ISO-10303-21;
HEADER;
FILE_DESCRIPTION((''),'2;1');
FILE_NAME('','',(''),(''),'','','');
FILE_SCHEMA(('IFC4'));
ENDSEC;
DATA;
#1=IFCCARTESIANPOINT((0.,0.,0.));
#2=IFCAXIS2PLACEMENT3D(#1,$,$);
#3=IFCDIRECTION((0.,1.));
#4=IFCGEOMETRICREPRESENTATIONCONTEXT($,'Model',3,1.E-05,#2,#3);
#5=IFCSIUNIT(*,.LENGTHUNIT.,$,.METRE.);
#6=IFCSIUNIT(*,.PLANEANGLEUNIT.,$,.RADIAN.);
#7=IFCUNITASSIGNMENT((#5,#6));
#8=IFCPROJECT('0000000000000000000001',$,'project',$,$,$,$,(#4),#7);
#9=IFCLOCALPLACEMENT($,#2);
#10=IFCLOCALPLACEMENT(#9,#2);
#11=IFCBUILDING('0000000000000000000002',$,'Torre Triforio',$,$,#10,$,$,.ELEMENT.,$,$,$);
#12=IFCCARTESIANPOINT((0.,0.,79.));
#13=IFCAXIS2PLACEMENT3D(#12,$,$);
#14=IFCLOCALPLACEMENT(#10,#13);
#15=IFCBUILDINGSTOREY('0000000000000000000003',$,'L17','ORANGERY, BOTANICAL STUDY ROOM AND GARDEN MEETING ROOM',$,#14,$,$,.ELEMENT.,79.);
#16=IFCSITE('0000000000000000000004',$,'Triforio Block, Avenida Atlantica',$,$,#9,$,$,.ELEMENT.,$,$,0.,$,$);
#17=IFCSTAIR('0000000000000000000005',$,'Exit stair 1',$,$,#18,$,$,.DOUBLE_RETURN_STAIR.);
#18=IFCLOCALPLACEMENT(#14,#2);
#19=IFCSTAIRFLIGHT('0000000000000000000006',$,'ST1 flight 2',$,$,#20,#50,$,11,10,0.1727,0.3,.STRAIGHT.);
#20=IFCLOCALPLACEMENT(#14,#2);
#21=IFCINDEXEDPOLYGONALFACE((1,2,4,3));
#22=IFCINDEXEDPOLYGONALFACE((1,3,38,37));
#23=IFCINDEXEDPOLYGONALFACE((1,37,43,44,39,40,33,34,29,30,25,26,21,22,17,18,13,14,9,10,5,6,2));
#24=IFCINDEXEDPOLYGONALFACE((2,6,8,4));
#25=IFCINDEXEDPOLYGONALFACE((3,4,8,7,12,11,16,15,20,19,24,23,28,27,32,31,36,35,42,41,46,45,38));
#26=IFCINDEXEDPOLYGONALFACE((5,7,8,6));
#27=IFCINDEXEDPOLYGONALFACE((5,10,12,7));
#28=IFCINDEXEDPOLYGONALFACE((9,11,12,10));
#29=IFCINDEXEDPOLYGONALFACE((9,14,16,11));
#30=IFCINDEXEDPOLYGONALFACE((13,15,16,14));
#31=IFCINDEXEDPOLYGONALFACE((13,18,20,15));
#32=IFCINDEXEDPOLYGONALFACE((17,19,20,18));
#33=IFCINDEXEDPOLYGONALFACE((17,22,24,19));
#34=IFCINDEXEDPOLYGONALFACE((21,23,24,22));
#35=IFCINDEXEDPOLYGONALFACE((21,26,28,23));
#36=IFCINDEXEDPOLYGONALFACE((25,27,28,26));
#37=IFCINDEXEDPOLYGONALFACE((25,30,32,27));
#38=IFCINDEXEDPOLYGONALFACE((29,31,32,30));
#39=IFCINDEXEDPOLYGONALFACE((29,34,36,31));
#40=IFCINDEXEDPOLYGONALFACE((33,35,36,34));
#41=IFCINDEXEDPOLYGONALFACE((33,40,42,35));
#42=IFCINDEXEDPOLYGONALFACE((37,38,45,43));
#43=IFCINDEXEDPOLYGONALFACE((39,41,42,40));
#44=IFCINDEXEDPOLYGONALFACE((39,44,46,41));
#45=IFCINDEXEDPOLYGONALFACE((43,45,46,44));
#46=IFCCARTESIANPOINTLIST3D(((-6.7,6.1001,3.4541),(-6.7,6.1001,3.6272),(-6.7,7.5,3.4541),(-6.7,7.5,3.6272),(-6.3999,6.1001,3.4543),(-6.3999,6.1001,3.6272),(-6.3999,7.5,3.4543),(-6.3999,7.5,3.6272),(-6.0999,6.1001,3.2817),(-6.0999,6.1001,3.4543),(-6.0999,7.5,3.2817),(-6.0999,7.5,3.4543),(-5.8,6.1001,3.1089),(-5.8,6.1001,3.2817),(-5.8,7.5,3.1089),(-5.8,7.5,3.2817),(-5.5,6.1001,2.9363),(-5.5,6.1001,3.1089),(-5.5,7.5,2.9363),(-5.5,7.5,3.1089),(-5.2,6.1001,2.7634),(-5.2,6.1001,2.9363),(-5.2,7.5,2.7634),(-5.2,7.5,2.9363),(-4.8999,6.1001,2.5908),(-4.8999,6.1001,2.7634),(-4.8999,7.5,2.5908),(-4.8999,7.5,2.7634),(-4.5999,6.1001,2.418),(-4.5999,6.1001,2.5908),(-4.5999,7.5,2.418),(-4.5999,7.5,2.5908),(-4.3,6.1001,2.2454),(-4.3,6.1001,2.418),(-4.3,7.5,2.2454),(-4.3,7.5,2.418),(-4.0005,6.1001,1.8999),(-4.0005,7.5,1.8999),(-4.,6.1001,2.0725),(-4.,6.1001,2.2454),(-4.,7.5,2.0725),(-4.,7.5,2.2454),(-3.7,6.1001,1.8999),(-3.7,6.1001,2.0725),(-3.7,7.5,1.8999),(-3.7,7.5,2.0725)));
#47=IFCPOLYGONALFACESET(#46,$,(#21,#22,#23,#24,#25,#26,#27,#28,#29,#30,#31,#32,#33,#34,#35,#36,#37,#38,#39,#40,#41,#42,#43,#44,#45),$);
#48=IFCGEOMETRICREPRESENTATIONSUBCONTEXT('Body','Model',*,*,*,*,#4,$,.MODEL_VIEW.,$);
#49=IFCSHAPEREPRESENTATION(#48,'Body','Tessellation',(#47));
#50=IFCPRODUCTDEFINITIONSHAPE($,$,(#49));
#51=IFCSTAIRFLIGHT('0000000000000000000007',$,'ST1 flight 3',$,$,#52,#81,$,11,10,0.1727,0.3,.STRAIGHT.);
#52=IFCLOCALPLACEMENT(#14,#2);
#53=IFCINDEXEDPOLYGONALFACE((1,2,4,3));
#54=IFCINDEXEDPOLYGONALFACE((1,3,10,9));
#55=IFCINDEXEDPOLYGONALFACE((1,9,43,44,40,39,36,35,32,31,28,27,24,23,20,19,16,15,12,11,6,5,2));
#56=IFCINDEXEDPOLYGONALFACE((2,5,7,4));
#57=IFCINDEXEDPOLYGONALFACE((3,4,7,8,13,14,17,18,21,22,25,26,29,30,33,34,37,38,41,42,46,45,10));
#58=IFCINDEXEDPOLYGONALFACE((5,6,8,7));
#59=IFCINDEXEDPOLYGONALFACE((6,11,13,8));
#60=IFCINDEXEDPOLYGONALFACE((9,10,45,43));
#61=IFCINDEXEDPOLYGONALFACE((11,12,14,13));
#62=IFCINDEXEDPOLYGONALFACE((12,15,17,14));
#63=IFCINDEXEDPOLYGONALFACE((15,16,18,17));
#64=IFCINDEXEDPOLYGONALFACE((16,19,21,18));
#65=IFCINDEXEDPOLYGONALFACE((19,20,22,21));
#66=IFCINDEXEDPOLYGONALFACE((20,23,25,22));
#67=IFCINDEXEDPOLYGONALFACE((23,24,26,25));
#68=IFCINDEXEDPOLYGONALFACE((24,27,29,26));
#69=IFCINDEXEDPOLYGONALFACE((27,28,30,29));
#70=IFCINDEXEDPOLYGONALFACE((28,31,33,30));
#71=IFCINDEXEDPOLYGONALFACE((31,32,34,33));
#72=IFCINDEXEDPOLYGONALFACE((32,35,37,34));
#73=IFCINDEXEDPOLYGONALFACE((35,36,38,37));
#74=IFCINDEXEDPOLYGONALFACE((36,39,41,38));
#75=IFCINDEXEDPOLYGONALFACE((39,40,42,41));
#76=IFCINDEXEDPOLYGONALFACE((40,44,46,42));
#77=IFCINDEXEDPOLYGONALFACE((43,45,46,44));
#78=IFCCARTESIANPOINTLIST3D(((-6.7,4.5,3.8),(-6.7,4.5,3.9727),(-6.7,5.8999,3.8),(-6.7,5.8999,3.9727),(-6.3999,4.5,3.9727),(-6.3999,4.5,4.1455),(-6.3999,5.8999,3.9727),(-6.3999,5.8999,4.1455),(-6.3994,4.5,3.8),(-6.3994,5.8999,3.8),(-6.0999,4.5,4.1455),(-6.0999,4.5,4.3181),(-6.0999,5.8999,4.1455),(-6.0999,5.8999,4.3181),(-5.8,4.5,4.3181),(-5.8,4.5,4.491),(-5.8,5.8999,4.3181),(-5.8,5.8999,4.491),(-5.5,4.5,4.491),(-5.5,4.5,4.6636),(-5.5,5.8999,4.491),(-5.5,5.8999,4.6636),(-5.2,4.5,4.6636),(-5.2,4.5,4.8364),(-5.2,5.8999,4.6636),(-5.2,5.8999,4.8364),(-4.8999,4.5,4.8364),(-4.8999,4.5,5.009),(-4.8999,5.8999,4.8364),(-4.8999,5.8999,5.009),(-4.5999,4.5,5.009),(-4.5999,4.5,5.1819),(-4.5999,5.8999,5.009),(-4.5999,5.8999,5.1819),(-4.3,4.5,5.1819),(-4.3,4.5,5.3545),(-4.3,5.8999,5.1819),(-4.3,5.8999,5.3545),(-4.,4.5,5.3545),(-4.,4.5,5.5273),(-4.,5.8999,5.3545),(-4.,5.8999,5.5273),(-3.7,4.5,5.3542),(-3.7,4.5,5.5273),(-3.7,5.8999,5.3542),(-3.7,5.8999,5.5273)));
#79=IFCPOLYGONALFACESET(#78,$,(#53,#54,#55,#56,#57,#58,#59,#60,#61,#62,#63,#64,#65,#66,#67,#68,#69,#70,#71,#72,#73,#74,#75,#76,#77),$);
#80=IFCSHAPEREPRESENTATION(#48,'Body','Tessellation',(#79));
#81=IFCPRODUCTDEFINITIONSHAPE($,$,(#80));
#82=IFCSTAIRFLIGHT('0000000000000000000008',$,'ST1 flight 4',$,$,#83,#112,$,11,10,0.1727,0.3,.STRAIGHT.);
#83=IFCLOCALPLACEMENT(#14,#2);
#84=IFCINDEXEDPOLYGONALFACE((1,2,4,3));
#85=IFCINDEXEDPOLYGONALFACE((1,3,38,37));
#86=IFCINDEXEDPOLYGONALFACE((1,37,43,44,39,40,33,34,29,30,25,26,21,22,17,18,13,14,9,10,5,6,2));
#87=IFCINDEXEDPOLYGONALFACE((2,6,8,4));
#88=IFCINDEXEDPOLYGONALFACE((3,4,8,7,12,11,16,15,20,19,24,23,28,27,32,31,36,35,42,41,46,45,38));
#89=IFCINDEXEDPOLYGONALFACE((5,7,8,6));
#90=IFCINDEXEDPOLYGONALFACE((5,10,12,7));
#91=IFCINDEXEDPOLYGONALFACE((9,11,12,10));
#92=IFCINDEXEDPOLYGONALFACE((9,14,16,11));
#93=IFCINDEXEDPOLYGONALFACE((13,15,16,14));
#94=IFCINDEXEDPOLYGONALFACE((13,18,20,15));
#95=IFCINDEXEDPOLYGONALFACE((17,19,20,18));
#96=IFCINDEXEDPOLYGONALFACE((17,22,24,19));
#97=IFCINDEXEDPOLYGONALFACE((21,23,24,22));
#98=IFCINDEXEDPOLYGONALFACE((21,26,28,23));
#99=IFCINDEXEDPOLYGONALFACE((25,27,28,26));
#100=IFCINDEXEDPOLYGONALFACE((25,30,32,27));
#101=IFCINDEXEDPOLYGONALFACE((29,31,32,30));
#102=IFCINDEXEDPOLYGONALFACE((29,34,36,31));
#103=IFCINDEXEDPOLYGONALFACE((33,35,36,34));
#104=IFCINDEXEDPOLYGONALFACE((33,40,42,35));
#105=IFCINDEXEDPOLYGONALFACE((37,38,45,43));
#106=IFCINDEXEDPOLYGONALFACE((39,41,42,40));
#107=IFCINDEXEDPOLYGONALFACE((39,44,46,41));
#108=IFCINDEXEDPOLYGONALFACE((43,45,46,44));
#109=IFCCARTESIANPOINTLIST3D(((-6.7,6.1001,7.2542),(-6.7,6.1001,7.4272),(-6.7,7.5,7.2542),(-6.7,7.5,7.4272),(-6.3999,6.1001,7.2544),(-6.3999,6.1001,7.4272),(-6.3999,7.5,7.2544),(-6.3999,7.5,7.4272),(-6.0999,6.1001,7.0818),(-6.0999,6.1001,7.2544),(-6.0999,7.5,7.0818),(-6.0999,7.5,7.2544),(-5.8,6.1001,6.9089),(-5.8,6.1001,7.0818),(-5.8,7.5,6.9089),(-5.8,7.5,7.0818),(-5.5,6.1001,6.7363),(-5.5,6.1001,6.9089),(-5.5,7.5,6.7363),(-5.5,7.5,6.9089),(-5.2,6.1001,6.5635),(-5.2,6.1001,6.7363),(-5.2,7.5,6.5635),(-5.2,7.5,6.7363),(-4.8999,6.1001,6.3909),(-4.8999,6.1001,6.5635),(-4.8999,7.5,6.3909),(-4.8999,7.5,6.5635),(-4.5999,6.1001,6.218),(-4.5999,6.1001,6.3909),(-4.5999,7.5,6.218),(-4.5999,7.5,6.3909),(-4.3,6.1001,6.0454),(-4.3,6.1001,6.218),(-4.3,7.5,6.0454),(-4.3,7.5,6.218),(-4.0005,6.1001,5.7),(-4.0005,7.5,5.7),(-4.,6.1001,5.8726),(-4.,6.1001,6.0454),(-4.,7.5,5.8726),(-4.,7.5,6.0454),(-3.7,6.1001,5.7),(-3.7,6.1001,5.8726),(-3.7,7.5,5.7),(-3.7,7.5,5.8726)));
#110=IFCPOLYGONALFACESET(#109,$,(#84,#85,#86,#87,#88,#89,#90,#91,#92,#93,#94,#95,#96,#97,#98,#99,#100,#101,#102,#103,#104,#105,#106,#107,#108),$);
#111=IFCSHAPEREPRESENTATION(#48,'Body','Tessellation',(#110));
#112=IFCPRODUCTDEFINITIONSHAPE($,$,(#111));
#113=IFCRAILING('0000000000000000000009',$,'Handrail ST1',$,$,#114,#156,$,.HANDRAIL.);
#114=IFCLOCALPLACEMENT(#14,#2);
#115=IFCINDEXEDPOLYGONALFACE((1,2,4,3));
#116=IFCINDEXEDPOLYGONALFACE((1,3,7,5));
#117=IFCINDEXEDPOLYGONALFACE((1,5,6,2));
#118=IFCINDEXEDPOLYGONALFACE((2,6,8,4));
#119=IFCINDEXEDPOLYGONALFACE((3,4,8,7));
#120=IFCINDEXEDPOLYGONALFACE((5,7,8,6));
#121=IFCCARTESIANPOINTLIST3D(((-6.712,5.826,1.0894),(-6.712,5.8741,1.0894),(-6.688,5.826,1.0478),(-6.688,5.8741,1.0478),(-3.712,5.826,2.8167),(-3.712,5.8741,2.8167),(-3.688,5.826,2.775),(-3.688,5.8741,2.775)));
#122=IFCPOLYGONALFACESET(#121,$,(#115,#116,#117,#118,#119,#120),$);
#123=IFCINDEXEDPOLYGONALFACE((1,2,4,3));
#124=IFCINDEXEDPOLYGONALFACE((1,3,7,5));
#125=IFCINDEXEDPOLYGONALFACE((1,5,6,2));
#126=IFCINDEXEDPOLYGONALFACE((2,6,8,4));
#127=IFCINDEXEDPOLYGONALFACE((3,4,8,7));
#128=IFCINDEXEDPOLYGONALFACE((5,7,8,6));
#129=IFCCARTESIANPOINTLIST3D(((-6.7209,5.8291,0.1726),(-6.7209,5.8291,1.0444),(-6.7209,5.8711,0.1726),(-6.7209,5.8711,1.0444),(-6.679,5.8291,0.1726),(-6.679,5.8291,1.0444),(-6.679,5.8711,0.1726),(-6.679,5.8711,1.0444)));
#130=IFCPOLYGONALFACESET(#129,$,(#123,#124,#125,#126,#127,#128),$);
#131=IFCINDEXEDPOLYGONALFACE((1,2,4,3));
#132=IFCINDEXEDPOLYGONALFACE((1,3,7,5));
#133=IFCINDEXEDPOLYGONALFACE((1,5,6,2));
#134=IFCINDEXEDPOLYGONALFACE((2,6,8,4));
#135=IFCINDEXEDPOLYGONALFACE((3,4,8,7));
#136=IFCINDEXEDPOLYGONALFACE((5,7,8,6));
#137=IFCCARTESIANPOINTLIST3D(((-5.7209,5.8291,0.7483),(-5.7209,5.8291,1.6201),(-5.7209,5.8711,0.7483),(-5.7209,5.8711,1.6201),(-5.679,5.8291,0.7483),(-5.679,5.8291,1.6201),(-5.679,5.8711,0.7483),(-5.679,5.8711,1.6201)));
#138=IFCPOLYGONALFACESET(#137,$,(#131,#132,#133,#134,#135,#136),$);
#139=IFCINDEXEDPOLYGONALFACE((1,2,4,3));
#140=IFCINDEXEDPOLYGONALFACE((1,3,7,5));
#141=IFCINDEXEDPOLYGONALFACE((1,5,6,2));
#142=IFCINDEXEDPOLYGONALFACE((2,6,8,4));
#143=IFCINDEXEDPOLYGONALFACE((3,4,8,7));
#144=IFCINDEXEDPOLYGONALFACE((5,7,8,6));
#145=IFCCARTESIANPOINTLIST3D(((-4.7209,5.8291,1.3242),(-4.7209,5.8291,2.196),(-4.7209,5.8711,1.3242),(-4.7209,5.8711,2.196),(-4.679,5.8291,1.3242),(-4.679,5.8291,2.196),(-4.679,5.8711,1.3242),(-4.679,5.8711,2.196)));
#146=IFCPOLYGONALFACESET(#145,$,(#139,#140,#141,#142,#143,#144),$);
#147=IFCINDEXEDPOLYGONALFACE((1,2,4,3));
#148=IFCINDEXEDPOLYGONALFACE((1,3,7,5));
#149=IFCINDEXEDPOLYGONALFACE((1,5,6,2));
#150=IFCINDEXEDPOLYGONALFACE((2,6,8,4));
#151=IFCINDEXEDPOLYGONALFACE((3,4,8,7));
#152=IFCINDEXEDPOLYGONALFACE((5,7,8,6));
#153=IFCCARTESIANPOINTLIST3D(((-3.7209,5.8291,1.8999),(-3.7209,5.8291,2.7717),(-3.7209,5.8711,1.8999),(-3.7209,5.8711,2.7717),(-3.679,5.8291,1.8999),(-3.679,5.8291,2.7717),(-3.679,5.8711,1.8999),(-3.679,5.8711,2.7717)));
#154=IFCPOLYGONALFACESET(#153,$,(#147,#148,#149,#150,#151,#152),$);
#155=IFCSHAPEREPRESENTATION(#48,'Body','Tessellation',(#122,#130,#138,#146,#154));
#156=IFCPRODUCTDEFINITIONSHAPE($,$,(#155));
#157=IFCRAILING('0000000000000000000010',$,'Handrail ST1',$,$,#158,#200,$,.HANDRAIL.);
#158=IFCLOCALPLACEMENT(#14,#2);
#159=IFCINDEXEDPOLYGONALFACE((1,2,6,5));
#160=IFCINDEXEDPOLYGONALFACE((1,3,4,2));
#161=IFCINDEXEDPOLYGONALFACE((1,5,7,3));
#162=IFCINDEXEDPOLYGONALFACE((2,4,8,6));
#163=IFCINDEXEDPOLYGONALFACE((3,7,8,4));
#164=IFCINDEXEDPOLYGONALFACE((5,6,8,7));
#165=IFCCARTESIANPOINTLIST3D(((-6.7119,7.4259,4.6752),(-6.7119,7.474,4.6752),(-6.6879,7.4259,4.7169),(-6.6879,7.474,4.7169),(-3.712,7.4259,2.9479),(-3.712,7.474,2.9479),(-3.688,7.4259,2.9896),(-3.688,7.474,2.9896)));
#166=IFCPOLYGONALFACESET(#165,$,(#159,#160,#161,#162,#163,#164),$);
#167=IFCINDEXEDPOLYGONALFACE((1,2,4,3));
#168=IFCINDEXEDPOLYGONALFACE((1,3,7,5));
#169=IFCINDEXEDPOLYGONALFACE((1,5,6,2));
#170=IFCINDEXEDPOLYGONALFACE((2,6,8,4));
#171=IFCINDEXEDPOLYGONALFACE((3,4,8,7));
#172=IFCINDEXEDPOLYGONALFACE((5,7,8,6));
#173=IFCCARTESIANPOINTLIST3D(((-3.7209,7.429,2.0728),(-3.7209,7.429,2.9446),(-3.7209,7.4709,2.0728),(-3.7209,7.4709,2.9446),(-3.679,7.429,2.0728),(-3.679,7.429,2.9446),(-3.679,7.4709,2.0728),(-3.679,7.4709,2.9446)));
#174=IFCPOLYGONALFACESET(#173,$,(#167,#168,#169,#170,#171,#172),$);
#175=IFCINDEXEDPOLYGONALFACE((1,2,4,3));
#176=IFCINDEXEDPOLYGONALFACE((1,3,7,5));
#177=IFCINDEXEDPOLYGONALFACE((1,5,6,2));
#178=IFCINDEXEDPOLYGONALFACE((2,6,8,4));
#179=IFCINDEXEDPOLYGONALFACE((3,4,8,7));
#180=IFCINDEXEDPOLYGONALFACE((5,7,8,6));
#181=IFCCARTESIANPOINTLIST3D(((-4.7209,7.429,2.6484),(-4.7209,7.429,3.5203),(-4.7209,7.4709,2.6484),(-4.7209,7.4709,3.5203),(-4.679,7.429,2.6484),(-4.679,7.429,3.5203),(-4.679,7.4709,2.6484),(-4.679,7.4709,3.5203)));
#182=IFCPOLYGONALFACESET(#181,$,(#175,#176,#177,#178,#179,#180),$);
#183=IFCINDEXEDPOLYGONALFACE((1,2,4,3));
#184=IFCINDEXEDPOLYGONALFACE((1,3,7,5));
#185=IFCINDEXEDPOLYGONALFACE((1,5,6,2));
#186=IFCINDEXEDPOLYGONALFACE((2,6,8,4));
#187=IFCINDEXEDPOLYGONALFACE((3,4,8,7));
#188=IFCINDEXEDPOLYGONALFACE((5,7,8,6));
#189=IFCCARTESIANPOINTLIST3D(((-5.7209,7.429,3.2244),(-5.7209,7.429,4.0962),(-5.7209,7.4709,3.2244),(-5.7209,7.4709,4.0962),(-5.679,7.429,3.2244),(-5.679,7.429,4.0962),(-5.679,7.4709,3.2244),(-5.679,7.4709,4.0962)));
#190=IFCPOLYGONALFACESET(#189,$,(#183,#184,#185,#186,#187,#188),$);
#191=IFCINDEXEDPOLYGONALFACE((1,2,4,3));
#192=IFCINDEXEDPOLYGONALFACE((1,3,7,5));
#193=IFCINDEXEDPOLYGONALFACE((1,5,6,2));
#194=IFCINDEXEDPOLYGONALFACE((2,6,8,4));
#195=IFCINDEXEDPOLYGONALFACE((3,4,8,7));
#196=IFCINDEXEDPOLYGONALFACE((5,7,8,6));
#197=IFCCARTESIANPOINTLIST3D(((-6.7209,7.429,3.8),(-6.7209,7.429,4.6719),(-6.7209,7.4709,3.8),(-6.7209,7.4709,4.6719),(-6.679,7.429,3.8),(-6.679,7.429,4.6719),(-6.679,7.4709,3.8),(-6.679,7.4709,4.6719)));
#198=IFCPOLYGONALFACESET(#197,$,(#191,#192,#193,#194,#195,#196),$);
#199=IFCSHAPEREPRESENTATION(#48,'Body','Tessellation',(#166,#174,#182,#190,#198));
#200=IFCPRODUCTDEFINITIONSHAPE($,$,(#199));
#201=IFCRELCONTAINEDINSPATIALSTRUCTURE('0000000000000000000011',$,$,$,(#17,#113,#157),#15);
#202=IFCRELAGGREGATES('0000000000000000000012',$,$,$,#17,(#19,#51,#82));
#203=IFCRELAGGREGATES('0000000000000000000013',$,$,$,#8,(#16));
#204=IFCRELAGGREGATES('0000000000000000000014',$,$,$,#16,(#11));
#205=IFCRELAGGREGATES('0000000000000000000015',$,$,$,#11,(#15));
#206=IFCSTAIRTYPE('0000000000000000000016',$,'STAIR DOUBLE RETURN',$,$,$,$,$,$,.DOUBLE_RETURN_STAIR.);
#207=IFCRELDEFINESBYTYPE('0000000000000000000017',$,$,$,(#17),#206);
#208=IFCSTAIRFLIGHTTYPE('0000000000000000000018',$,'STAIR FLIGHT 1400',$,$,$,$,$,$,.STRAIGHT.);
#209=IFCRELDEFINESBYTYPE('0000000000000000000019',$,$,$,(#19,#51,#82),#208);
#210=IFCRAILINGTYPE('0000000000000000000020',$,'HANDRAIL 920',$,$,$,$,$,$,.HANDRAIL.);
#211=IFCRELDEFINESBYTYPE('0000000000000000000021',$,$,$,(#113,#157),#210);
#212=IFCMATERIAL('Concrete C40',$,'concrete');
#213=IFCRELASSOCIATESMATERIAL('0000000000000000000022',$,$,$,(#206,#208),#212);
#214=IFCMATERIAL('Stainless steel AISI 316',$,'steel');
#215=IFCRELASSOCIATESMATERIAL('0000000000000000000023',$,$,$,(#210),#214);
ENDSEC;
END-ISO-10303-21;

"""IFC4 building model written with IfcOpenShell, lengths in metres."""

from ifc_helpers import new_model, si_unit, direction, frame, origin, origin_2d, place, context, subcontext, project, spatial, polyline, rectangle, outline, extrude, material, type_object, element, aggregate, save


model = new_model("IFC4")

# Units and contexts
model_context = context("Model", 3, precision=1e-05, world=origin(), true_north=direction((0.0, 1.0)))
body_context = subcontext(model_context, "Body", "Model", "MODEL_VIEW")
ifc_project = project(units=[si_unit("LENGTHUNIT", "METRE"), si_unit("PLANEANGLEUNIT", "RADIAN")], contexts=[model_context])

# Site, building, storey
site_placement = place(None, origin())
site = spatial("IfcSite", under=ifc_project, at=site_placement, Name="Triforio Block, Avenida Atlantica", CompositionType="ELEMENT", RefElevation=0.0)
building_placement = place(site_placement, origin())
building = spatial("IfcBuilding", under=site, at=building_placement, Name="Torre Triforio", CompositionType="ELEMENT")
storey_placement = place(building_placement, frame((0.0, 0.0, 79.0)))
storey = spatial("IfcBuildingStorey", under=building, at=storey_placement, Name="L17", Description="ORANGERY, BOTANICAL STUDY ROOM AND GARDEN MEETING ROOM", CompositionType="ELEMENT", Elevation=79.0)

# Stair, stair flights
ifc_material_1 = material(Name="Concrete C40", Category="concrete")
stair_type = type_object("IfcStairType", Name="STAIR DOUBLE RETURN", PredefinedType="DOUBLE_RETURN_STAIR", material=ifc_material_1)
stair_placement = place(storey_placement, origin())
stair = element("IfcStair", 1, at=stair_placement, inside=storey, type_object=stair_type, Name="Exit stair 1", PredefinedType="DOUBLE_RETURN_STAIR")
stair_flight_type = type_object("IfcStairFlightType", Name="STAIR FLIGHT 1400", PredefinedType="STRAIGHT", material=ifc_material_1)
stair_flight_1_placement = place(storey_placement, frame((-3.7, 6.8, 1.8999), z_axis=(0.0, 0.0, 1.0), x_axis=(-1.0, 0.0, 0.0)))
stair_flight_1 = element("IfcStairFlight", 2, at=stair_flight_1_placement, type_object=stair_flight_type, Name="ST1 flight 2", NumberOfRisers=11, NumberOfTreads=10, PredefinedType="STRAIGHT", RiserHeight=0.1727, TreadLength=0.3, context=body_context, shape_type="SweptSolid", body=[
    extrude(outline(polyline([(0.0, 0.0), (0.0, 0.1726), (0.3, 0.1726), (0.3, 0.3455), (0.6001, 0.3455), (0.6001, 0.5181), (0.8999, 0.5181), (0.8999, 0.6909), (1.2, 0.6909), (1.2, 0.8635), (1.5, 0.8635), (1.5, 1.0364), (1.8, 1.0364), (1.8, 1.209), (2.1001, 1.209), (2.1001, 1.3818), (2.3999, 1.3818), (2.3999, 1.5544), (2.7, 1.5544), (2.7, 1.7273), (3.0, 1.7273), (3.0, 1.8999), (3.0, 1.5542), (0.3005, 0.0), (0.0, 0.0)])), frame((0.0, 0.7, 0.0), z_axis=(0.0, -1.0, 0.0), x_axis=(1.0, 0.0, 0.0)), (0.0, 0.0, 1.0), 1.3999),
])
stair_flight_2_placement = place(storey_placement, frame((-6.7, 5.2, 3.8), z_axis=(0.0, 0.0, 1.0), x_axis=(1.0, 0.0, 0.0)))
stair_flight_2 = element("IfcStairFlight", 3, at=stair_flight_2_placement, type_object=stair_flight_type, Name="ST1 flight 3", NumberOfRisers=11, NumberOfTreads=10, PredefinedType="STRAIGHT", RiserHeight=0.1727, TreadLength=0.3, context=body_context, shape_type="SweptSolid", body=[
    extrude(outline(polyline([(0.0, 0.0), (0.0, 0.1726), (0.3, 0.1726), (0.3, 0.3455), (0.6001, 0.3455), (0.6001, 0.5181), (0.8999, 0.5181), (0.8999, 0.6909), (1.2, 0.6909), (1.2, 0.8635), (1.5, 0.8635), (1.5, 1.0364), (1.8, 1.0364), (1.8, 1.209), (2.1001, 1.209), (2.1001, 1.3818), (2.3999, 1.3818), (2.3999, 1.5544), (2.7, 1.5544), (2.7, 1.7273), (3.0, 1.7273), (3.0, 1.8999), (3.0, 1.5542), (0.3005, 0.0), (0.0, 0.0)])), frame((0.0, 0.7, 0.0), z_axis=(0.0, -1.0, 0.0), x_axis=(1.0, 0.0, 0.0)), (0.0, 0.0, 1.0), 1.3999),
])
stair_flight_3_placement = place(storey_placement, frame((-3.7, 6.8, 5.7), z_axis=(0.0, 0.0, 1.0), x_axis=(-1.0, 0.0, 0.0)))
stair_flight_3 = element("IfcStairFlight", 4, at=stair_flight_3_placement, type_object=stair_flight_type, Name="ST1 flight 4", NumberOfRisers=11, NumberOfTreads=10, PredefinedType="STRAIGHT", RiserHeight=0.1727, TreadLength=0.3, context=body_context, shape_type="SweptSolid", body=[
    extrude(outline(polyline([(0.0, 0.0), (0.0, 0.1726), (0.3, 0.1726), (0.3, 0.3455), (0.6001, 0.3455), (0.6001, 0.5181), (0.8999, 0.5181), (0.8999, 0.6909), (1.2, 0.6909), (1.2, 0.8635), (1.5, 0.8635), (1.5, 1.0364), (1.8, 1.0364), (1.8, 1.209), (2.1001, 1.209), (2.1001, 1.3818), (2.3999, 1.3818), (2.3999, 1.5544), (2.7, 1.5544), (2.7, 1.7273), (3.0, 1.7273), (3.0, 1.8999), (3.0, 1.5542), (0.3005, 0.0), (0.0, 0.0)])), frame((0.0, 0.7, 0.0), z_axis=(0.0, -1.0, 0.0), x_axis=(1.0, 0.0, 0.0)), (0.0, 0.0, 1.0), 1.3999),
])
aggregate(stair, [stair_flight_1, stair_flight_2, stair_flight_3])

# Railings
ifc_material_2 = material(Name="Stainless steel AISI 316", Category="steel")
railing_type = type_object("IfcRailingType", Name="HANDRAIL 920", PredefinedType="HANDRAIL", material=ifc_material_2)
railing_1_placement = place(storey_placement, frame((-6.7, 5.8501, 0.1726)))
element("IfcRailing", 5, at=railing_1_placement, inside=storey, type_object=railing_type, Name="Handrail ST1", PredefinedType="HANDRAIL", context=body_context, shape_type="SweptSolid", body=[
    extrude(rectangle(XDim=0.0481, YDim=0.0481, at=origin_2d()), frame((0.0, 0.0, 0.896), z_axis=(0.86662, 0.0, 0.498969), x_axis=(0.0, 1.0, 0.0)), (0.0, 0.0, 1.0), 3.4617),
    extrude(rectangle(XDim=0.042, YDim=0.042, at=origin_2d()), origin(), (0.0, 0.0, 1.0), 0.8718),
    extrude(rectangle(XDim=0.042, YDim=0.042, at=origin_2d()), frame((1.0, 0.0, 0.5757)), (0.0, 0.0, 1.0), 0.8718),
    extrude(rectangle(XDim=0.042, YDim=0.042, at=origin_2d()), frame((2.0, 0.0, 1.1516)), (0.0, 0.0, 1.0), 0.8718),
    extrude(rectangle(XDim=0.042, YDim=0.042, at=origin_2d()), frame((3.0, 0.0, 1.7273)), (0.0, 0.0, 1.0), 0.8718),
])
for number, where, name in (
    (6, (-3.7, 7.45, 2.0728), "Handrail ST1"),
):
    element("IfcRailing", number, at=place(storey_placement, frame(where)), inside=storey, type_object=railing_type, Name=name, PredefinedType="HANDRAIL", context=body_context, shape_type="SweptSolid", body=[
        extrude(rectangle(XDim=0.0481, YDim=0.0481, at=origin_2d()), frame((0.0, 0.0, 0.896), z_axis=(-0.86662, 0.0, 0.498969), x_axis=(0.0, -1.0, 0.0)), (0.0, 0.0, 1.0), 3.4617),
        extrude(rectangle(XDim=0.042, YDim=0.042, at=origin_2d()), origin(), (0.0, 0.0, 1.0), 0.8718),
        extrude(rectangle(XDim=0.042, YDim=0.042, at=origin_2d()), frame((-1.0, 0.0, 0.5757)), (0.0, 0.0, 1.0), 0.8718),
        extrude(rectangle(XDim=0.042, YDim=0.042, at=origin_2d()), frame((-2.0, 0.0, 1.1516)), (0.0, 0.0, 1.0), 0.8718),
        extrude(rectangle(XDim=0.042, YDim=0.042, at=origin_2d()), frame((-3.0, 0.0, 1.7273)), (0.0, 0.0, 1.0), 0.8718),
    ])

save(model, "model.ifc")
